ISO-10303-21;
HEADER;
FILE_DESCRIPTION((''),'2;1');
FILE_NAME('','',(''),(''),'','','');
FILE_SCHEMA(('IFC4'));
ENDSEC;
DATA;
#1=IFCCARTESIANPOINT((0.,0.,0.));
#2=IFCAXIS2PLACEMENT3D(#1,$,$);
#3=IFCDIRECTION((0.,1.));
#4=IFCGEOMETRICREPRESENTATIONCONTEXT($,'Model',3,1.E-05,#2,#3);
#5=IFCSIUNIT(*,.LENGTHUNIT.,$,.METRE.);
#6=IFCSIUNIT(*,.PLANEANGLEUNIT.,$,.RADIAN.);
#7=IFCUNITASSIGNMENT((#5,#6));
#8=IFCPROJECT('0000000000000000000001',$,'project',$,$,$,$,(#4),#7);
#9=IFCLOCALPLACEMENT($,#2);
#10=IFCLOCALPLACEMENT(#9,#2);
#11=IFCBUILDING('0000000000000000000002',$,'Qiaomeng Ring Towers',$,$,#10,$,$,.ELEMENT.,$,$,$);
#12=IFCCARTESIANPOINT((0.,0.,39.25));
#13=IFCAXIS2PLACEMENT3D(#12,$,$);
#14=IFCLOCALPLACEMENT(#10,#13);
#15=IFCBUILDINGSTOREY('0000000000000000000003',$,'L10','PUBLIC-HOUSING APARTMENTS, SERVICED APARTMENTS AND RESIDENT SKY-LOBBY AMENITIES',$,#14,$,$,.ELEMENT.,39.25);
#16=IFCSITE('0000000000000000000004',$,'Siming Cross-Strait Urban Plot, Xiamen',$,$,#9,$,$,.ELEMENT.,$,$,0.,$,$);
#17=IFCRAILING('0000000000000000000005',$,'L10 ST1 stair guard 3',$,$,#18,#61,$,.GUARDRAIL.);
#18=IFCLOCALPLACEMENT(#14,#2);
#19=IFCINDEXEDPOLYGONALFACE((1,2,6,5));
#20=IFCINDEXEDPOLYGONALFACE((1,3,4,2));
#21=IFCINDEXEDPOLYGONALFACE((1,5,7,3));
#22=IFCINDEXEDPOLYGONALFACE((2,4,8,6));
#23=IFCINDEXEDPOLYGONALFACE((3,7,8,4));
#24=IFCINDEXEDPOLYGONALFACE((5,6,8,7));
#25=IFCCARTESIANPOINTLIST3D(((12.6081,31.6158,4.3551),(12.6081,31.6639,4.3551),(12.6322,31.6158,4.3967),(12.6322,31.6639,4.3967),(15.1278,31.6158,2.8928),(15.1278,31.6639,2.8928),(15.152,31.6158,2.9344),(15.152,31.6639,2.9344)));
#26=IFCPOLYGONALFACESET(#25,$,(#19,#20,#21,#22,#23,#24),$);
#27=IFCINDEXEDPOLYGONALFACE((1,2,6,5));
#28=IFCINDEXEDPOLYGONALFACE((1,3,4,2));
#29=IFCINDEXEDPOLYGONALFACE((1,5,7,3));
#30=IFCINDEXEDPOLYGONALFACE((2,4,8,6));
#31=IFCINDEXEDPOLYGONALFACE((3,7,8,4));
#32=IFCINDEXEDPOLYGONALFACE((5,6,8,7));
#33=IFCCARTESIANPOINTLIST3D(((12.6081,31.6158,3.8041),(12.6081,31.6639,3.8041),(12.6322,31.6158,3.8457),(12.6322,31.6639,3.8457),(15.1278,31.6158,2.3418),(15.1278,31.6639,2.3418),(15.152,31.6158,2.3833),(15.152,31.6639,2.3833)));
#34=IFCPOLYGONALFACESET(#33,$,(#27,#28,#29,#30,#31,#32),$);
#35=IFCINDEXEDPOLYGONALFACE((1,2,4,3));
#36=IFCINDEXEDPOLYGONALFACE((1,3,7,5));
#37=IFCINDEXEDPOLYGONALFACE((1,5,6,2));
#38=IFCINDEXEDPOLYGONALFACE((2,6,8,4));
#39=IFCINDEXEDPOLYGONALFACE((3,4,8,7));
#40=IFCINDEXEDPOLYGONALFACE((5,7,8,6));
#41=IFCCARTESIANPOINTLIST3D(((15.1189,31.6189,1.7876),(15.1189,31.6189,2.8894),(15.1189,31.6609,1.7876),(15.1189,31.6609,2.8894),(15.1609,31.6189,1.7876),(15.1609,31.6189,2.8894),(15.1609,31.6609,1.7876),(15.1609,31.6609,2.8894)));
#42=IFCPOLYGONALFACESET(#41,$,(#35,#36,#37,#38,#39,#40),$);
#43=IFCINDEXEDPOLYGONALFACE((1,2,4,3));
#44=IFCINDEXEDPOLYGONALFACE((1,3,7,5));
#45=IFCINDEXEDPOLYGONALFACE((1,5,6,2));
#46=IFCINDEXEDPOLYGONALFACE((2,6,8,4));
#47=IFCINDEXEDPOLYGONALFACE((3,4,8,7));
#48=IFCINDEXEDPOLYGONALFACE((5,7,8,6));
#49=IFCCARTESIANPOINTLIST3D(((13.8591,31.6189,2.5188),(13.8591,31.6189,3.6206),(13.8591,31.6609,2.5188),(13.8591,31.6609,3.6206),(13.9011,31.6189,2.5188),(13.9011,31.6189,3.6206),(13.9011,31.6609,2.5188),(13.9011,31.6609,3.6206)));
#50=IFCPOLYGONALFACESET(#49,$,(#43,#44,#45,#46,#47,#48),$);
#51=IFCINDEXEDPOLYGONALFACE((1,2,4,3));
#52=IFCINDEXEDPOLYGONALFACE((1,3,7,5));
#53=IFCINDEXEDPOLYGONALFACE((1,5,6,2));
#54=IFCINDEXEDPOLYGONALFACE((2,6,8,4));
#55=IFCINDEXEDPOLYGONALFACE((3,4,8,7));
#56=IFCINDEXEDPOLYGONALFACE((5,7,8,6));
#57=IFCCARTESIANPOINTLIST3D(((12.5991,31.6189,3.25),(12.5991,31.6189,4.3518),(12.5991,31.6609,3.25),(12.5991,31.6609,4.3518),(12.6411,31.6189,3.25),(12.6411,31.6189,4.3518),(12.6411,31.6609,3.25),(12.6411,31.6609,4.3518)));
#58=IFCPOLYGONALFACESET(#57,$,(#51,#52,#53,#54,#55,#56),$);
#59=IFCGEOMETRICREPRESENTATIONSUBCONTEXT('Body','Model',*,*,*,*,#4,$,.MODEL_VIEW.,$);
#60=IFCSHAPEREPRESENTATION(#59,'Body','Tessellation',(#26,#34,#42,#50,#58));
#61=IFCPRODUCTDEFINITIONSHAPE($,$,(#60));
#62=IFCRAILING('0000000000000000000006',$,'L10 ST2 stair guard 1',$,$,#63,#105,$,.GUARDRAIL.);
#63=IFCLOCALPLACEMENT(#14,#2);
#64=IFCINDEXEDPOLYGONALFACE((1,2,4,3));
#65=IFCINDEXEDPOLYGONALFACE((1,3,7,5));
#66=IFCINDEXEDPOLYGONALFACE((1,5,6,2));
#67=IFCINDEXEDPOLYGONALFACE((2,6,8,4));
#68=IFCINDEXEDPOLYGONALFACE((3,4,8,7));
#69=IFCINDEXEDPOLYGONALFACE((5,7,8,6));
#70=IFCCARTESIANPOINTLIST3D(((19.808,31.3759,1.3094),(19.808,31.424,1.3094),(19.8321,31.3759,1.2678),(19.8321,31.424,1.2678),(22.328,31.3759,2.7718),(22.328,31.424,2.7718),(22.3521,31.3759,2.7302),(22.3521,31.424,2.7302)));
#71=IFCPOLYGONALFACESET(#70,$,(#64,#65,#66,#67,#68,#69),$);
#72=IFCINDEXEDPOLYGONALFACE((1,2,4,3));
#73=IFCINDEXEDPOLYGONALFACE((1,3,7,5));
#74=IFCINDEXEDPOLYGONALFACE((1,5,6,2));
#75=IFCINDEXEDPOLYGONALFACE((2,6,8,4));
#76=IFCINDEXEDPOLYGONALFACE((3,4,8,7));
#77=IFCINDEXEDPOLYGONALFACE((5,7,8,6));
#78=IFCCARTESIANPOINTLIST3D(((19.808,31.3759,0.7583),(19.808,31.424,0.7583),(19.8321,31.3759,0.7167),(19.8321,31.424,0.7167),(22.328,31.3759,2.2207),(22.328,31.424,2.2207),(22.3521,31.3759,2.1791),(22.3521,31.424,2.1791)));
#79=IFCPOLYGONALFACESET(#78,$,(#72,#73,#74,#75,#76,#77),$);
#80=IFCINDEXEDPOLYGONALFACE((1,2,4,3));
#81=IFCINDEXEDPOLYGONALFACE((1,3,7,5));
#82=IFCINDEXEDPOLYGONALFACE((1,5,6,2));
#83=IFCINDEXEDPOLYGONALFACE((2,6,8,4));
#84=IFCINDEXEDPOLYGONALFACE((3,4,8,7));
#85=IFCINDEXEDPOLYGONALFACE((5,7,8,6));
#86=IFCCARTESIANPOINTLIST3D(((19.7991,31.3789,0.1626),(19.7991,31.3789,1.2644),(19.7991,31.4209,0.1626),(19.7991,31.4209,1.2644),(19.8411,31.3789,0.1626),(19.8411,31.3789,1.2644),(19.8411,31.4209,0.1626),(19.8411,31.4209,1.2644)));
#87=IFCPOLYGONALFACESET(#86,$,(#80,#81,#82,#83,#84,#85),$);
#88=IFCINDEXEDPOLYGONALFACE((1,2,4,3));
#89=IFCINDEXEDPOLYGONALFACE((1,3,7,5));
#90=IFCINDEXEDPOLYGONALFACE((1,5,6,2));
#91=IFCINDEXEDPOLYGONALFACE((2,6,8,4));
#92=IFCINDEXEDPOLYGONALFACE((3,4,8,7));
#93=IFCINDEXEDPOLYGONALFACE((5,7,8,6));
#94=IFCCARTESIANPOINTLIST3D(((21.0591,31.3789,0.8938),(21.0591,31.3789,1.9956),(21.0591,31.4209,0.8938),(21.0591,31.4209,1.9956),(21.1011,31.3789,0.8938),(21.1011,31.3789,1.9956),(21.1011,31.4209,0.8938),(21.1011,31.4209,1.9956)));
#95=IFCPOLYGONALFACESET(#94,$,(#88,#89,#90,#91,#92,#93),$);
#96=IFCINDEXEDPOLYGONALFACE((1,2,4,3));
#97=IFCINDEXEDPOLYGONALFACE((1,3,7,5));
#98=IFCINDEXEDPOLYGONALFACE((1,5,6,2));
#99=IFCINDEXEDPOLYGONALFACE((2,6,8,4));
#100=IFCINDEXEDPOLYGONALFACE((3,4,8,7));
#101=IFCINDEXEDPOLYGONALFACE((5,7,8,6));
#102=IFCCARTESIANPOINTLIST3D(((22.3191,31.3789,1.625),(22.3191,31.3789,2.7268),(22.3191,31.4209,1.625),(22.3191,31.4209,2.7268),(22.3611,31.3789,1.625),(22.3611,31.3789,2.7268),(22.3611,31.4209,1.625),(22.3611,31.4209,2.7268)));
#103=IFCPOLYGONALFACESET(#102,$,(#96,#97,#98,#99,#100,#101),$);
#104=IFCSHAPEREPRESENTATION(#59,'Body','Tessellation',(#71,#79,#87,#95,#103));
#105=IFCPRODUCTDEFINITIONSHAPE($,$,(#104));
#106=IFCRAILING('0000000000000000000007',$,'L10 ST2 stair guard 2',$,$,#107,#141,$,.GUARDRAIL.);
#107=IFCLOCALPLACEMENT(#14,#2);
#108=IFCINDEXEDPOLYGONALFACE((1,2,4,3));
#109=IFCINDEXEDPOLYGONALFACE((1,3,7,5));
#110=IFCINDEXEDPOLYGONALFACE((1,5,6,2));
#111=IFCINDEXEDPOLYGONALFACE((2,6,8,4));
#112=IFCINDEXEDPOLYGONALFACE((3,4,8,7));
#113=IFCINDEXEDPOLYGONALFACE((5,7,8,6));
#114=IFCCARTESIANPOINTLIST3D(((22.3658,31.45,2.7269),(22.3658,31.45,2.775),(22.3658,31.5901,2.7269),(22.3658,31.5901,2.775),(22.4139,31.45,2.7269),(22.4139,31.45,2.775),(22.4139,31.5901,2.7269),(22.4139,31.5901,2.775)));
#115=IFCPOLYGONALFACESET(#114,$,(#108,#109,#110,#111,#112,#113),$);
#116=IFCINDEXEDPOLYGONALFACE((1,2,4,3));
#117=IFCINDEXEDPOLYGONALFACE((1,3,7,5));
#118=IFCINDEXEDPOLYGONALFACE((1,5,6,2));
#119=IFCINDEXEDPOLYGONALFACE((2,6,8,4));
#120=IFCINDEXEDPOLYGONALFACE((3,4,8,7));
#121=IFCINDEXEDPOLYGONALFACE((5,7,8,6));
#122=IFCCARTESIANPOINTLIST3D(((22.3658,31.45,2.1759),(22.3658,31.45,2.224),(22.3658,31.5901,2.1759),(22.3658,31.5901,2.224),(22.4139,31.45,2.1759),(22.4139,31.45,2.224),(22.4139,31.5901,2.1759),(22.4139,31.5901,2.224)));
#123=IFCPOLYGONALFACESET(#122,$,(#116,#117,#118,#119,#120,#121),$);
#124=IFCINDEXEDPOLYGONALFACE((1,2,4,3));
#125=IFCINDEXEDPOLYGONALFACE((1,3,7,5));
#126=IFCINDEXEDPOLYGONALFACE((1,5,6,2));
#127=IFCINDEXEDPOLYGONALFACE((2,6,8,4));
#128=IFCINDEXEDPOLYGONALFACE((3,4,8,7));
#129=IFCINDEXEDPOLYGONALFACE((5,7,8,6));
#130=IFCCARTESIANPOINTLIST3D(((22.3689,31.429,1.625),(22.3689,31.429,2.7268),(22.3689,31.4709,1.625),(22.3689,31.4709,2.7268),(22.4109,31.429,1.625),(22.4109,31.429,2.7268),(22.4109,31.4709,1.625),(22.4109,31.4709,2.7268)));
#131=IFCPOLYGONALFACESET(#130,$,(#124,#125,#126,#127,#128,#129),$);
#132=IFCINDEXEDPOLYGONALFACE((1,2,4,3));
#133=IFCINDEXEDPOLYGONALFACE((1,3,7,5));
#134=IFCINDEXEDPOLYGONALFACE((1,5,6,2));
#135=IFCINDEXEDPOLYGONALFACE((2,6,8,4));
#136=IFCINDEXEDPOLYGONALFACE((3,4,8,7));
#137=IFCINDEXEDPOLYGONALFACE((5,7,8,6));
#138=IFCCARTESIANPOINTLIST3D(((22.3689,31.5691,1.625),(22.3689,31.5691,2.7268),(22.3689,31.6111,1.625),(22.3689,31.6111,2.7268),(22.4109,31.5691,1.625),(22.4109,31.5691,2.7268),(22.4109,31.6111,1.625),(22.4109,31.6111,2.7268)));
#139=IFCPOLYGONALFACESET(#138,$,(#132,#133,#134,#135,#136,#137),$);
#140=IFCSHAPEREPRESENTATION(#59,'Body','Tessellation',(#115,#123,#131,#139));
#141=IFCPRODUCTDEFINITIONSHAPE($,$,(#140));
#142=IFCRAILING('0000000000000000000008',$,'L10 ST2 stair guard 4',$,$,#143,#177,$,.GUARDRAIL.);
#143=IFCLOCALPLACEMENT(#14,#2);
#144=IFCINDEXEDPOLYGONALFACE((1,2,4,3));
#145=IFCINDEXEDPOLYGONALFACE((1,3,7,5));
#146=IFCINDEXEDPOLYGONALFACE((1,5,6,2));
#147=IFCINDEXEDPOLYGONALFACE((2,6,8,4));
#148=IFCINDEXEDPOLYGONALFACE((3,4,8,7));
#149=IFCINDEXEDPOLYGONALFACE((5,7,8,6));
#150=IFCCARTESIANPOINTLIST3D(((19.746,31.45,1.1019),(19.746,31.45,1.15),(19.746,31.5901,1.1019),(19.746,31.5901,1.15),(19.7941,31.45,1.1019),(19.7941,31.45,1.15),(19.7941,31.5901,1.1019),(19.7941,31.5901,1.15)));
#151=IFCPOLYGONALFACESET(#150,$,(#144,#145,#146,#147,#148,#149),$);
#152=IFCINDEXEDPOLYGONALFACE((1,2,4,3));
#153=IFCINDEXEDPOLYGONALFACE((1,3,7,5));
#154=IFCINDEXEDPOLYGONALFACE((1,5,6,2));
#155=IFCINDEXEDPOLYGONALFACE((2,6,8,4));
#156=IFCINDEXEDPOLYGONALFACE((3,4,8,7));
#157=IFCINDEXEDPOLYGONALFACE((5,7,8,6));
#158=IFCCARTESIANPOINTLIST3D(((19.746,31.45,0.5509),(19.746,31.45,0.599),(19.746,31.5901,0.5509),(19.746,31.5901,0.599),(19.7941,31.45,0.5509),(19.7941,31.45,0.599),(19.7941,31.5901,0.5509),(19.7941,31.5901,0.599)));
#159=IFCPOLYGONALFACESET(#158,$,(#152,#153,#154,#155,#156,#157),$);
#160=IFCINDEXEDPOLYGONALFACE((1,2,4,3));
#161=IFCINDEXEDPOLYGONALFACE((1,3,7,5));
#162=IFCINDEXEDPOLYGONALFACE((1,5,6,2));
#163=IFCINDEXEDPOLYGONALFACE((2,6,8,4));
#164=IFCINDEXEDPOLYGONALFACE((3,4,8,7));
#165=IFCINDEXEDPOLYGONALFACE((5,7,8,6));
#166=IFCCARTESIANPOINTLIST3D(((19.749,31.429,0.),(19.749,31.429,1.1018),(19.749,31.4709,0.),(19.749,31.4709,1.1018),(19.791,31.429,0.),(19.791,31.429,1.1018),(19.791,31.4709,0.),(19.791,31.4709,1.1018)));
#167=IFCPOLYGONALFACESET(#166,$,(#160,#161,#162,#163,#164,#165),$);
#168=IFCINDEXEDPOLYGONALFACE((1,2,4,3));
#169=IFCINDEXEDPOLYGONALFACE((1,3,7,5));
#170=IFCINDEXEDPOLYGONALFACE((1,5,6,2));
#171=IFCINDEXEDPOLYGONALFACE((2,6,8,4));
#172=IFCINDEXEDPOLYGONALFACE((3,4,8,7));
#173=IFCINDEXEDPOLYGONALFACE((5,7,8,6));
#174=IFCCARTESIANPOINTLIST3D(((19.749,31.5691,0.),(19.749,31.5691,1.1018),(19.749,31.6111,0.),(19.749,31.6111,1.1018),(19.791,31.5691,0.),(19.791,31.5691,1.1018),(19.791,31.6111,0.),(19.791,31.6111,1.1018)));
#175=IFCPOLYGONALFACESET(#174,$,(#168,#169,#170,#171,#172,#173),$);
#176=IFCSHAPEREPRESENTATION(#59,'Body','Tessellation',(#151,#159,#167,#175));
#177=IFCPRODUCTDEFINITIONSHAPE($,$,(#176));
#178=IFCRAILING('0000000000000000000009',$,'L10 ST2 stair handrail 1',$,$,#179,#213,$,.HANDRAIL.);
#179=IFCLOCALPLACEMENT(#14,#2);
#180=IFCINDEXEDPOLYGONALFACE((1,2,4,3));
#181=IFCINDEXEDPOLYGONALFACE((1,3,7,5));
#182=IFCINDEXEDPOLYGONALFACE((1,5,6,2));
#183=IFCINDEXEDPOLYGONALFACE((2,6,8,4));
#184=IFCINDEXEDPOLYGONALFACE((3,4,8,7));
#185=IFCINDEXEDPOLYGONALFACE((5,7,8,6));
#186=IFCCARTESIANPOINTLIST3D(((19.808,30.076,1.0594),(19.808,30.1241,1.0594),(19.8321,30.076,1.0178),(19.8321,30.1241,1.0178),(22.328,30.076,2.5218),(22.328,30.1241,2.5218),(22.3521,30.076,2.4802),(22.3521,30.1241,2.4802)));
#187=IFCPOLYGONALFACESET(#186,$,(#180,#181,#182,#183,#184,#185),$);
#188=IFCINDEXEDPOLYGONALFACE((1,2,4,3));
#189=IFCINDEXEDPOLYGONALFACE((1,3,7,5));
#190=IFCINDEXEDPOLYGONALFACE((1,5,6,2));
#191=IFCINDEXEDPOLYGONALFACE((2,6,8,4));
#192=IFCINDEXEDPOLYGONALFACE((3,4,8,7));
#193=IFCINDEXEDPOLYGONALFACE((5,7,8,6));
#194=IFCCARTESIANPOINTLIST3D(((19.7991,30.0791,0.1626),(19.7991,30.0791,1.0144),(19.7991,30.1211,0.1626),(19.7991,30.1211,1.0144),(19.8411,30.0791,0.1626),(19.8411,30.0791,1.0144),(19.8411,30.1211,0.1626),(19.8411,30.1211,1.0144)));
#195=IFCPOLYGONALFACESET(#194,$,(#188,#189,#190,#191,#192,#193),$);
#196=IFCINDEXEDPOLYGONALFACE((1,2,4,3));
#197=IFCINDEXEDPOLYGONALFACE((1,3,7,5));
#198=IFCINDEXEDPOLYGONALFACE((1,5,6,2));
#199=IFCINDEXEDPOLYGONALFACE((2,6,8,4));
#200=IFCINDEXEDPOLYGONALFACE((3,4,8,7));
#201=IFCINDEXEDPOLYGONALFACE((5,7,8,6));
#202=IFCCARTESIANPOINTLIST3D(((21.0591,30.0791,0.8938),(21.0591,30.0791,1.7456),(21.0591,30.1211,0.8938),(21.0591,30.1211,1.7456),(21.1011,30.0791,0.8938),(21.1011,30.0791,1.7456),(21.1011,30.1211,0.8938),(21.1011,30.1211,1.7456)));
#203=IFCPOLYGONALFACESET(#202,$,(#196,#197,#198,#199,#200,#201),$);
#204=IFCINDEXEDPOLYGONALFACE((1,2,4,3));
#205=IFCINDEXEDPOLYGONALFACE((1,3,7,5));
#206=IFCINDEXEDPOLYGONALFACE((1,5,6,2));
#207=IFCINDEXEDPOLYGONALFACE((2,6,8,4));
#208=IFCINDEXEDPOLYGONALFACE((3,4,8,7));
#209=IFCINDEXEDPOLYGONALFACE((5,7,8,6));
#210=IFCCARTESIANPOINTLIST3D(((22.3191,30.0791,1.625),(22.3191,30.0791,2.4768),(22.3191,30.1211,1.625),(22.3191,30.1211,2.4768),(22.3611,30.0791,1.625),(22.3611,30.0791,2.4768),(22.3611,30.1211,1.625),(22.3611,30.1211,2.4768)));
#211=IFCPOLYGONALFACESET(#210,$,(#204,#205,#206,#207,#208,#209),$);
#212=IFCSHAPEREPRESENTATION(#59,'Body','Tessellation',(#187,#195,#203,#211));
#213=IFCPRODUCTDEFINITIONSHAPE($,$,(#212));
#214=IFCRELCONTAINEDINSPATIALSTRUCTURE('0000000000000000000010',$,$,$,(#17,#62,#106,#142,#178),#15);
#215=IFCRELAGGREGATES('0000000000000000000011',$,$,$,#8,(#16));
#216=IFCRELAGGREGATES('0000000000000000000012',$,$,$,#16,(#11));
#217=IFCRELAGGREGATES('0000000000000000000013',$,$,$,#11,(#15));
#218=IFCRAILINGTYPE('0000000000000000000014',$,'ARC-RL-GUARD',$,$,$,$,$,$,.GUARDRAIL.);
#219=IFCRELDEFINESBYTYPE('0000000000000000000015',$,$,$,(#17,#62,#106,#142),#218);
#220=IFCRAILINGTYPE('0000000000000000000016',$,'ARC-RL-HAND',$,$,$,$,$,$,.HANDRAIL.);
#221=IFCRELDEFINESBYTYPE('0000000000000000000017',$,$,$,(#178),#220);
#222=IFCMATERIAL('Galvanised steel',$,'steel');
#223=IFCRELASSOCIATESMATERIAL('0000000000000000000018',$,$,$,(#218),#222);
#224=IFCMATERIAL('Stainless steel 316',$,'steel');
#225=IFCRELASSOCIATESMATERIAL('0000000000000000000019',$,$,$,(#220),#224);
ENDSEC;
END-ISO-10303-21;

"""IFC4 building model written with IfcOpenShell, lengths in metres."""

from ifc_helpers import new_model, si_unit, direction, frame, origin, origin_2d, place, context, subcontext, project, spatial, rectangle, extrude, material, type_object, element, save


model = new_model("IFC4")

# Units and contexts
model_context = context("Model", 3, precision=1e-05, world=origin(), true_north=direction((0.0, 1.0)))
body_context = subcontext(model_context, "Body", "Model", "MODEL_VIEW")
ifc_project = project(units=[si_unit("LENGTHUNIT", "METRE"), si_unit("PLANEANGLEUNIT", "RADIAN")], contexts=[model_context])

# Site, building, storey
site_placement = place(None, origin())
site = spatial("IfcSite", under=ifc_project, at=site_placement, Name="Siming Cross-Strait Urban Plot, Xiamen", CompositionType="ELEMENT", RefElevation=0.0)
building_placement = place(site_placement, origin())
building = spatial("IfcBuilding", under=site, at=building_placement, Name="Qiaomeng Ring Towers", CompositionType="ELEMENT")
storey_placement = place(building_placement, frame((0.0, 0.0, 39.25)))
storey = spatial("IfcBuildingStorey", under=building, at=storey_placement, Name="L10", Description="PUBLIC-HOUSING APARTMENTS, SERVICED APARTMENTS AND RESIDENT SKY-LOBBY AMENITIES", CompositionType="ELEMENT", Elevation=39.25)

# Shared definitions
ifc_material_1 = material(Name="Galvanised steel", Category="steel")

# Shared definitions
ifc_material_2 = material(Name="Stainless steel 316", Category="steel")

# Railings
railing_type_1 = type_object("IfcRailingType", Name="ARC-RL-GUARD", PredefinedType="GUARDRAIL", material=ifc_material_1)
railing_1_placement = place(storey_placement, frame((15.1399, 31.6399, 1.7876)))
element("IfcRailing", 1, at=railing_1_placement, inside=storey, type_object=railing_type_1, Name="L10 ST1 stair guard 3", PredefinedType="GUARDRAIL", context=body_context, shape_type="SweptSolid", body=[
    extrude(rectangle(XDim=0.0481, YDim=0.0481, at=origin_2d()), frame((0.0, 0.0, 1.126), z_axis=(-0.864892, 0.0, 0.501958), x_axis=(0.0, -1.0, 0.0)), (0.0, 0.0, 1.0), 2.9133),
    extrude(rectangle(XDim=0.0481, YDim=0.0481, at=origin_2d()), frame((0.0, 0.0, 0.575), z_axis=(-0.864892, 0.0, 0.501958), x_axis=(0.0, -1.0, 0.0)), (0.0, 0.0, 1.0), 2.9133),
    extrude(rectangle(XDim=0.042, YDim=0.042, at=origin_2d()), origin(), (0.0, 0.0, 1.0), 1.1018),
    extrude(rectangle(XDim=0.042, YDim=0.042, at=origin_2d()), frame((-1.2598, 0.0, 0.7312)), (0.0, 0.0, 1.0), 1.1018),
    extrude(rectangle(XDim=0.042, YDim=0.042, at=origin_2d()), frame((-2.5198, 0.0, 1.4624)), (0.0, 0.0, 1.0), 1.1018),
])
railing_2_placement = place(storey_placement, frame((19.8201, 31.3999, 0.1626)))
element("IfcRailing", 2, at=railing_2_placement, inside=storey, type_object=railing_type_1, Name="L10 ST2 stair guard 1", PredefinedType="GUARDRAIL", context=body_context, shape_type="SweptSolid", body=[
    extrude(rectangle(XDim=0.0481, YDim=0.0481, at=origin_2d()), frame((0.0, 0.0, 1.126), z_axis=(0.864913, 0.0, 0.501921), x_axis=(0.0, 1.0, 0.0)), (0.0, 0.0, 1.0), 2.9136),
    extrude(rectangle(XDim=0.0481, YDim=0.0481, at=origin_2d()), frame((0.0, 0.0, 0.575), z_axis=(0.864913, 0.0, 0.501921), x_axis=(0.0, 1.0, 0.0)), (0.0, 0.0, 1.0), 2.9136),
    extrude(rectangle(XDim=0.042, YDim=0.042, at=origin_2d()), origin(), (0.0, 0.0, 1.0), 1.1018),
    extrude(rectangle(XDim=0.042, YDim=0.042, at=origin_2d()), frame((1.26, 0.0, 0.7312)), (0.0, 0.0, 1.0), 1.1018),
    extrude(rectangle(XDim=0.042, YDim=0.042, at=origin_2d()), frame((2.52, 0.0, 1.4624)), (0.0, 0.0, 1.0), 1.1018),
])
for number, where, name in (
    (3, (22.3899, 31.45, 1.625), "L10 ST2 stair guard 2"),
    (4, (19.77, 31.45, 0.0), "L10 ST2 stair guard 4"),
):
    element("IfcRailing", number, at=place(storey_placement, frame(where)), inside=storey, type_object=railing_type_1, Name=name, PredefinedType="GUARDRAIL", context=body_context, shape_type="SweptSolid", body=[
        extrude(rectangle(XDim=0.0481, YDim=0.0481, at=origin_2d()), frame((0.0, 0.0, 1.126), z_axis=(0.0, 1.0, 0.0), x_axis=(-1.0, 0.0, 0.0)), (0.0, 0.0, 1.0), 0.1401),
        extrude(rectangle(XDim=0.0481, YDim=0.0481, at=origin_2d()), frame((0.0, 0.0, 0.575), z_axis=(0.0, 1.0, 0.0), x_axis=(-1.0, 0.0, 0.0)), (0.0, 0.0, 1.0), 0.1401),
        extrude(rectangle(XDim=0.042, YDim=0.042, at=origin_2d()), origin(), (0.0, 0.0, 1.0), 1.1018),
        extrude(rectangle(XDim=0.042, YDim=0.042, at=origin_2d()), frame((0.0, 0.1401, 0.0)), (0.0, 0.0, 1.0), 1.1018),
    ])
railing_type_2 = type_object("IfcRailingType", Name="ARC-RL-HAND", PredefinedType="HANDRAIL", material=ifc_material_2)
railing_3_placement = place(storey_placement, frame((19.8201, 30.1001, 0.1626)))
element("IfcRailing", 5, at=railing_3_placement, inside=storey, type_object=railing_type_2, Name="L10 ST2 stair handrail 1", PredefinedType="HANDRAIL", context=body_context, shape_type="SweptSolid", body=[
    extrude(rectangle(XDim=0.0481, YDim=0.0481, at=origin_2d()), frame((0.0, 0.0, 0.876), z_axis=(0.864913, 0.0, 0.501921), x_axis=(0.0, 1.0, 0.0)), (0.0, 0.0, 1.0), 2.9136),
    extrude(rectangle(XDim=0.042, YDim=0.042, at=origin_2d()), origin(), (0.0, 0.0, 1.0), 0.8518),
    extrude(rectangle(XDim=0.042, YDim=0.042, at=origin_2d()), frame((1.26, 0.0, 0.7312)), (0.0, 0.0, 1.0), 0.8518),
    extrude(rectangle(XDim=0.042, YDim=0.042, at=origin_2d()), frame((2.52, 0.0, 1.4624)), (0.0, 0.0, 1.0), 0.8518),
])

save(model, "model.ifc")
